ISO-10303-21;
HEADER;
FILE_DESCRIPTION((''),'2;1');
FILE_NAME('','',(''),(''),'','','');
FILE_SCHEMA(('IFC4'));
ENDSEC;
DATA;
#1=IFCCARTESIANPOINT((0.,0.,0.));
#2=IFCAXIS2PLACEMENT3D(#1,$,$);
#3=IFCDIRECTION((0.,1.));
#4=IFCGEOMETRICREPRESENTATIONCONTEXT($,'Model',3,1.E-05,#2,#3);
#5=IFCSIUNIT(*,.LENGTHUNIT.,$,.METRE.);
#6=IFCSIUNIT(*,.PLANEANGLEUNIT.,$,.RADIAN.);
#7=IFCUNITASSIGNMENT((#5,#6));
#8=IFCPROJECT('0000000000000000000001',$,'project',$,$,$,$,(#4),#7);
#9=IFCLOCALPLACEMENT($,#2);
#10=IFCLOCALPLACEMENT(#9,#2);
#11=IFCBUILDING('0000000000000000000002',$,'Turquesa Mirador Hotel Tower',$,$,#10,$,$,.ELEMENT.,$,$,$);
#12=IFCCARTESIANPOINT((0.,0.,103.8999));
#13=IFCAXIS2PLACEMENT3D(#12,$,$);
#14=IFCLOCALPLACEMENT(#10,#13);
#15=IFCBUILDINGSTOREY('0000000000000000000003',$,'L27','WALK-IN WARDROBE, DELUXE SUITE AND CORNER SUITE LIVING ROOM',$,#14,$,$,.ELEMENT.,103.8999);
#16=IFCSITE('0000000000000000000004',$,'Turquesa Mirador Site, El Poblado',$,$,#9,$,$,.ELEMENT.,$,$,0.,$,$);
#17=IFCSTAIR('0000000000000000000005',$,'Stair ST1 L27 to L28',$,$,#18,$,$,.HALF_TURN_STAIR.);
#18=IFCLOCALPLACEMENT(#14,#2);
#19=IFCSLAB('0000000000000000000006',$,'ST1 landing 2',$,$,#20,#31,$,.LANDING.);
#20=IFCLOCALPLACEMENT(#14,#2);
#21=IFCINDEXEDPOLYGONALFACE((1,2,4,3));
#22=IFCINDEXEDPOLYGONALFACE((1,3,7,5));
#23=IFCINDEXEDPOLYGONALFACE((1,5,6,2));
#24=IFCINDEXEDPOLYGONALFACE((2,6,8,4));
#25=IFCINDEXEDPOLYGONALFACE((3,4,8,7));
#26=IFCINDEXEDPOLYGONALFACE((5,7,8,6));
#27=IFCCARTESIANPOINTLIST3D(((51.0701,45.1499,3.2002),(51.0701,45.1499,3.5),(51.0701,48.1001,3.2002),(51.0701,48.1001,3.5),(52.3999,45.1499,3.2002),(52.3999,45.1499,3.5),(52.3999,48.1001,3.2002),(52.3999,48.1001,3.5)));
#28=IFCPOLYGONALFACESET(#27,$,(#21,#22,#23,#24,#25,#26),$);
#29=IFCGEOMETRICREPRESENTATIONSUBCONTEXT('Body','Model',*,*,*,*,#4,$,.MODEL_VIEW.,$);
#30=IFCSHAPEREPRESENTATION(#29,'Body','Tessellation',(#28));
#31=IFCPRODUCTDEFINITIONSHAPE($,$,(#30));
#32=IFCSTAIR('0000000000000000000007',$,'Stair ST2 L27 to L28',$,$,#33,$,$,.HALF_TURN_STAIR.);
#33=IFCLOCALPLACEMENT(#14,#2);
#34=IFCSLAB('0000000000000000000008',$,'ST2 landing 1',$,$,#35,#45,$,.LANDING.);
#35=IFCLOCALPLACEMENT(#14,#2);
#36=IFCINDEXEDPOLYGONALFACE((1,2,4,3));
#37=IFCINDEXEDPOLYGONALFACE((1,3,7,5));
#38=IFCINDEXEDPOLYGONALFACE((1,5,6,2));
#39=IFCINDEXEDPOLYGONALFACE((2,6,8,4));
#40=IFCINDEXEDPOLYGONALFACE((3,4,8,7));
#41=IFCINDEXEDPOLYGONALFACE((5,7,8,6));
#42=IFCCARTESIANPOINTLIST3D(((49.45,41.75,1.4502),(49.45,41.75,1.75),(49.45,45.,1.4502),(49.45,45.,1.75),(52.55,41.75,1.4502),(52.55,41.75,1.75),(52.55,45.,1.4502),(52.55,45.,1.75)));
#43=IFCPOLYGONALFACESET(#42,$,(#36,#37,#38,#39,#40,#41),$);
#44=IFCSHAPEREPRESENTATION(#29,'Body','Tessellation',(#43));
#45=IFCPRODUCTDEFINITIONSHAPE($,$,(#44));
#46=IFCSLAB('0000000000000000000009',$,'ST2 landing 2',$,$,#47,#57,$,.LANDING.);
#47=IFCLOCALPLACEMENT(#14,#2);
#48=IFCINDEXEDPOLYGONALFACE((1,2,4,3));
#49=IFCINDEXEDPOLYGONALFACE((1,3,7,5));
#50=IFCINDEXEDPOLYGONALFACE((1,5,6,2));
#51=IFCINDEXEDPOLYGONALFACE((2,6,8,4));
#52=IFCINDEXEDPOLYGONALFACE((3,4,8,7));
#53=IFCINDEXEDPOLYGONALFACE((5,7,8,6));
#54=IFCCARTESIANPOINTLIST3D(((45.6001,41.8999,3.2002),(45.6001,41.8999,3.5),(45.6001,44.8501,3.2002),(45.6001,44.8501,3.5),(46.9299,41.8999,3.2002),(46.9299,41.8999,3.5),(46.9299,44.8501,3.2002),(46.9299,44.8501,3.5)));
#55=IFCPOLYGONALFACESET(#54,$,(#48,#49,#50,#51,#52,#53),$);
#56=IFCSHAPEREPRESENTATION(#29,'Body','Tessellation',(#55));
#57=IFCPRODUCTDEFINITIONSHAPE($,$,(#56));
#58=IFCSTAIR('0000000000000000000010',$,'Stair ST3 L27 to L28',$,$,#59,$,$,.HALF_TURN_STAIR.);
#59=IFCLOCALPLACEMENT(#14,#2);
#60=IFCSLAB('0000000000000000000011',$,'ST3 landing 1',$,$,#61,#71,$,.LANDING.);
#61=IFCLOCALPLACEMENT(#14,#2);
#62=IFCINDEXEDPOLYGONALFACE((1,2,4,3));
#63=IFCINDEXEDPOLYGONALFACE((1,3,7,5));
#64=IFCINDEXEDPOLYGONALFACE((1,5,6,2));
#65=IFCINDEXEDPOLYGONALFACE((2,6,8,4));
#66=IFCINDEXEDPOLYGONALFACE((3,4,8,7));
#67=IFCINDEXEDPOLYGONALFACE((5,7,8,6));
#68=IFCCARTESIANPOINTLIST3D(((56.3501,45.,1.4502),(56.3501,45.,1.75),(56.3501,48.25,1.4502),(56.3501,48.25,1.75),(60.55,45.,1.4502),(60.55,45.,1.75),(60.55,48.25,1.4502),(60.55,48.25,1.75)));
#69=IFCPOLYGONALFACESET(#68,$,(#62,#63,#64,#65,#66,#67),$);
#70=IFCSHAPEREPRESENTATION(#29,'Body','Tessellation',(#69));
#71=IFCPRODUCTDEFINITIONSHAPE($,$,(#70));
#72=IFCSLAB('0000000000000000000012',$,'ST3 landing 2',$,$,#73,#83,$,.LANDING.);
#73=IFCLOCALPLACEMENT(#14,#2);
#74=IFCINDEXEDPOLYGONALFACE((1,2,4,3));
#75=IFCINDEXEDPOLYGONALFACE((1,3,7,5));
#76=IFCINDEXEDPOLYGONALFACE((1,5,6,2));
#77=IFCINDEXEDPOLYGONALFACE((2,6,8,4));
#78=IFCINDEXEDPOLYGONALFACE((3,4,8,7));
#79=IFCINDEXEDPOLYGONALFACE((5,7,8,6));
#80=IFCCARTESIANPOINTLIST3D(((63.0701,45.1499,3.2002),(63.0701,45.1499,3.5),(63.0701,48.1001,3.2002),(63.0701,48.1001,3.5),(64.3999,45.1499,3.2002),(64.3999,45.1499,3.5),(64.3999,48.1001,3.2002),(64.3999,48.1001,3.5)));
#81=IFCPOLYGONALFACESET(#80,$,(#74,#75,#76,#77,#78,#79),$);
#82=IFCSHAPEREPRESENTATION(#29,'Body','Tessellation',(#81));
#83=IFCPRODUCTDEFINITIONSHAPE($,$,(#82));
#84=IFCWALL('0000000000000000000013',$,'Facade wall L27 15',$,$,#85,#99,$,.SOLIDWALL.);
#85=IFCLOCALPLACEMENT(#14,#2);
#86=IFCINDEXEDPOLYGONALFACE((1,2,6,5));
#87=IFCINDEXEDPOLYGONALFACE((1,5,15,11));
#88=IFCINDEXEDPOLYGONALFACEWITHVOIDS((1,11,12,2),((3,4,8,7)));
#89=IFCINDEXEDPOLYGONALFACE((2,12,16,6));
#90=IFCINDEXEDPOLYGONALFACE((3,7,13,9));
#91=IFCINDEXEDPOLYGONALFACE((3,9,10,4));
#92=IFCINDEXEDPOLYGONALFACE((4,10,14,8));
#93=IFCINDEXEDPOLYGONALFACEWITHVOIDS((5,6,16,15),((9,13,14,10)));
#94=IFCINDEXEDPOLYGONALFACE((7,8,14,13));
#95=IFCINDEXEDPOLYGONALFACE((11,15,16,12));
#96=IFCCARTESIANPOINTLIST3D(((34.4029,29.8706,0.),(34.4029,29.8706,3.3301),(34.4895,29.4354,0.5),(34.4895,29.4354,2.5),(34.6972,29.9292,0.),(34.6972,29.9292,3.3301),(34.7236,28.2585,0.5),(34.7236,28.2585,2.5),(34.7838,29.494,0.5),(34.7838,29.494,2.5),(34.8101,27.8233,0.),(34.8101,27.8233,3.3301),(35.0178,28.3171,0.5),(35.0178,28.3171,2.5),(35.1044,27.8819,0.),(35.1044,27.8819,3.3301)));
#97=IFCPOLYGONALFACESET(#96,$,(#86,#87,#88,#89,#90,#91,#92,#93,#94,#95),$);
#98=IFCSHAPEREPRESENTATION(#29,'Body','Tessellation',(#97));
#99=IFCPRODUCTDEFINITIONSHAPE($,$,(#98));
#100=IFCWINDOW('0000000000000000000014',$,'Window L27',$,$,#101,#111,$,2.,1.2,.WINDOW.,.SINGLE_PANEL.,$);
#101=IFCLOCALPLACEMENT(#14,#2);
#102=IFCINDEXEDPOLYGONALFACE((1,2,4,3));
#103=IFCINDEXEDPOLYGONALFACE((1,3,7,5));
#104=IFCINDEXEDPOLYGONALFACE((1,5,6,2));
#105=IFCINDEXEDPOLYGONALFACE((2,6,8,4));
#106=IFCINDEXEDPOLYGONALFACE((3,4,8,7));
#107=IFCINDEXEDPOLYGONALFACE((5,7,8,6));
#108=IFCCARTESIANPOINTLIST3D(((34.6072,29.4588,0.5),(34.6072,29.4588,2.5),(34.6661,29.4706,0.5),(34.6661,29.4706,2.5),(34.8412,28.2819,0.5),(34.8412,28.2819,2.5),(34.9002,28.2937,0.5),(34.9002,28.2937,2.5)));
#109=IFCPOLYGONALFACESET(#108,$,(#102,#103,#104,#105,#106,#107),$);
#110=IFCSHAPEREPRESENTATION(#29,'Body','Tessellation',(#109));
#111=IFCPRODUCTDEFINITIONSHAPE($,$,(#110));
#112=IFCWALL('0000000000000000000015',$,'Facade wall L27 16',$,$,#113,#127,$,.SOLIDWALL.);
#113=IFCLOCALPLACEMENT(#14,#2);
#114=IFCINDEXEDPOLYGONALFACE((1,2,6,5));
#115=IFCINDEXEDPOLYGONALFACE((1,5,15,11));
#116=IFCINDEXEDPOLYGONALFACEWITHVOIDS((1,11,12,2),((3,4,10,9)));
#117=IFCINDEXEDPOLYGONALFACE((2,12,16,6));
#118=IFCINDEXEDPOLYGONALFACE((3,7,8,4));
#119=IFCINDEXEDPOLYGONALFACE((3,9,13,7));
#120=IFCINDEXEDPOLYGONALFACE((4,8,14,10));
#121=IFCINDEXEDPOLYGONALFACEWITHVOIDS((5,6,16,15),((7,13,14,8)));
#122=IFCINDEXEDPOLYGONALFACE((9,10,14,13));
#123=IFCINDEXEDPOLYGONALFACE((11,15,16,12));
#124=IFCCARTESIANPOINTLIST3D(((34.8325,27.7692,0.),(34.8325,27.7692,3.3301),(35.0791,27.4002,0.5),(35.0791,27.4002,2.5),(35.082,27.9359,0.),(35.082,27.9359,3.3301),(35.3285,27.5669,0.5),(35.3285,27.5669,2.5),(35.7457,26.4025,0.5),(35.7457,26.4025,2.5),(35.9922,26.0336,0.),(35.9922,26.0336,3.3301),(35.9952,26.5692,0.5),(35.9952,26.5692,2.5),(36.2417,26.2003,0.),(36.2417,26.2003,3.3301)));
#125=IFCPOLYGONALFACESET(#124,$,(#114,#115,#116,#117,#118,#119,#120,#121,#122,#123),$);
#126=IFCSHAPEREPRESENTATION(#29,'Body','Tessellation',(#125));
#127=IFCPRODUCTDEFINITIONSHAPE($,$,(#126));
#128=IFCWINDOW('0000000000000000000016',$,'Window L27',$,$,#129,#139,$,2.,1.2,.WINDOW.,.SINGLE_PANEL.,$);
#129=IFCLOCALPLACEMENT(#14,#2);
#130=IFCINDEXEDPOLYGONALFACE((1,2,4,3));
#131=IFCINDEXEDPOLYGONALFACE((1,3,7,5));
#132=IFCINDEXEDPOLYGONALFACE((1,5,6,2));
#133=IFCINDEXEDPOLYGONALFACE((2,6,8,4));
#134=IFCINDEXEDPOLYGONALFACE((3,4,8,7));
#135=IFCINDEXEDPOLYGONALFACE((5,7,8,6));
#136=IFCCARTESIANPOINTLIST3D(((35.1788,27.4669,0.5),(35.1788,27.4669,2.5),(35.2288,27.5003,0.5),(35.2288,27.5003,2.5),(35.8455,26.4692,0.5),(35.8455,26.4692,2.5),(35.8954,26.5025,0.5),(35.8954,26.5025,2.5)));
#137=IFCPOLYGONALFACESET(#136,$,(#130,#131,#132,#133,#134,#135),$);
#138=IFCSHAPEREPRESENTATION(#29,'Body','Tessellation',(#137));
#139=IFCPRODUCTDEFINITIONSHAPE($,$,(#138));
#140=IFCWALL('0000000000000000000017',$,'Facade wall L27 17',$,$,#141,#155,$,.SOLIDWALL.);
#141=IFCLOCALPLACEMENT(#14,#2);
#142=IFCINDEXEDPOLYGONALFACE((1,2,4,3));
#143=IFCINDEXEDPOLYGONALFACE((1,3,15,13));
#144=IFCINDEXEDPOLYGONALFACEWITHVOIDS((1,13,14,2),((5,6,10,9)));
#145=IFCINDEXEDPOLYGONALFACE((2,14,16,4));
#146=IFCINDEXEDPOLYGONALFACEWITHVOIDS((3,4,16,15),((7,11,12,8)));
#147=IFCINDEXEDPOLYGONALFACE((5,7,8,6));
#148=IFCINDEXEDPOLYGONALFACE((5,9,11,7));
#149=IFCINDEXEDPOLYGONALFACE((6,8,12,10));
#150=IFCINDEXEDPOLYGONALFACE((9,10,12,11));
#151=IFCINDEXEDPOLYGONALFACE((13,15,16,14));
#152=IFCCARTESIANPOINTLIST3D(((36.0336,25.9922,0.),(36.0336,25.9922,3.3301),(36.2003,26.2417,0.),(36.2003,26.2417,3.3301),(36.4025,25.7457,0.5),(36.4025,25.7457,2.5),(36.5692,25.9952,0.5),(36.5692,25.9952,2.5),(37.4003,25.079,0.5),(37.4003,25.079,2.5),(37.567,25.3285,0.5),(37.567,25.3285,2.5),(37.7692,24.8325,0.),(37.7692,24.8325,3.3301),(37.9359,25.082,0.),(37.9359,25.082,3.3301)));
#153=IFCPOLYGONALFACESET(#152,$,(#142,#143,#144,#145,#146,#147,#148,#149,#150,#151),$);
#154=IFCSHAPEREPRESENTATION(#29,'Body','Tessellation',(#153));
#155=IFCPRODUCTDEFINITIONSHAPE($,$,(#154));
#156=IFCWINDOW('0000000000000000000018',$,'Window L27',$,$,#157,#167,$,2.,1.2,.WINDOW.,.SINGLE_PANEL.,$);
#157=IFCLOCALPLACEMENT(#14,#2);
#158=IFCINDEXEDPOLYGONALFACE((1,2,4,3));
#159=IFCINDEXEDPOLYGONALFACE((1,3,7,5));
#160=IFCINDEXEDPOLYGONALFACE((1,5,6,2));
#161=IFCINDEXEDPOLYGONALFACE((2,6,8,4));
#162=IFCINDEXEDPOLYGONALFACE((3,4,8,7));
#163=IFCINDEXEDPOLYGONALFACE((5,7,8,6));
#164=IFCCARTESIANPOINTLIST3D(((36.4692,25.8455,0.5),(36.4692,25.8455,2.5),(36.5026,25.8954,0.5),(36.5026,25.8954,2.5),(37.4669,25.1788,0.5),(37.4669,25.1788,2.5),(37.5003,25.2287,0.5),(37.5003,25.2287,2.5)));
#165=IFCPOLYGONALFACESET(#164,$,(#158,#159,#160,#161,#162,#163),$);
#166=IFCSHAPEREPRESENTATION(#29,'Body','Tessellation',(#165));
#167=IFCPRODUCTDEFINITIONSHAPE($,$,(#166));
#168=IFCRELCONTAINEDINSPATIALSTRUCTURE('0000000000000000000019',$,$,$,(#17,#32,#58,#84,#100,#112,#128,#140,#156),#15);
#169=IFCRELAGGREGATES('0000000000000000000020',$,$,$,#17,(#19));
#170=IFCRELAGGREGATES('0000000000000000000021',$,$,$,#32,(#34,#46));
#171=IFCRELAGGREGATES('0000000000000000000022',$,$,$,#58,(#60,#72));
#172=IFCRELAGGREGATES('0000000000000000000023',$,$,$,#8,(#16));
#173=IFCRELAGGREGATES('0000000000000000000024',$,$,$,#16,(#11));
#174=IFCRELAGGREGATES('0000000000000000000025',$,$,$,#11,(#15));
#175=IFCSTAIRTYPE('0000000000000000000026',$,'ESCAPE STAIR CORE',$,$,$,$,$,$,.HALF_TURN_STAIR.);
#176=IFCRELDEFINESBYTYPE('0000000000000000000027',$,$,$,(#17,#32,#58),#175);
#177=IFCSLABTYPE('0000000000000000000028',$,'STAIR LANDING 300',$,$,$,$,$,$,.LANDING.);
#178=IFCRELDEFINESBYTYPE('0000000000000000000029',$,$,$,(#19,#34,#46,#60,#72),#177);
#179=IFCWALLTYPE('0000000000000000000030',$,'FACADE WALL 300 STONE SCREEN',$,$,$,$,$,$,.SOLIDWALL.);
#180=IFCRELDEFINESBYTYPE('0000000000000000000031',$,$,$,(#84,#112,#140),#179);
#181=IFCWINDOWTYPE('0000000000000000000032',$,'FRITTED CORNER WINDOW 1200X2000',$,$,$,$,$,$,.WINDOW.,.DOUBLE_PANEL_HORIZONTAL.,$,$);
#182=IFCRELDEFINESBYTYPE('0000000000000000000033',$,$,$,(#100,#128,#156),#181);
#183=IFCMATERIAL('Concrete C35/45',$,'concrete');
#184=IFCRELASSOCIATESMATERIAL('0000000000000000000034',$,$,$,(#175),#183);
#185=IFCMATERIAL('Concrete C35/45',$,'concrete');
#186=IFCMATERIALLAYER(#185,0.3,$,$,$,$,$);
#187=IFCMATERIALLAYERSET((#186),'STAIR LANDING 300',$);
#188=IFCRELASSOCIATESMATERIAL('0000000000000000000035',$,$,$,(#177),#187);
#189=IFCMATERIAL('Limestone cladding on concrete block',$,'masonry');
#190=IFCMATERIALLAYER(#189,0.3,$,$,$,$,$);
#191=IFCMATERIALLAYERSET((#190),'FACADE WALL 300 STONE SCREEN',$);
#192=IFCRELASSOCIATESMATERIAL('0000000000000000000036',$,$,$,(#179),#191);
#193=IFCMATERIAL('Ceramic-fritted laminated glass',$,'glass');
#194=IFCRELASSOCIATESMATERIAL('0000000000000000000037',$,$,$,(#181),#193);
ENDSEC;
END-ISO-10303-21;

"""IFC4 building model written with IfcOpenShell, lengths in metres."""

from ifc_helpers import new_model, si_unit, direction, frame, frame_2d, origin, place, context, subcontext, project, spatial, polyline, rectangle, outline, extrude, material, layer, layer_set, type_object, element, fill, aggregate, save


model = new_model("IFC4")

# Units and contexts
model_context = context("Model", 3, precision=1e-05, world=origin(), true_north=direction((0.0, 1.0)))
body_context = subcontext(model_context, "Body", "Model", "MODEL_VIEW")
ifc_project = project(units=[si_unit("LENGTHUNIT", "METRE"), si_unit("PLANEANGLEUNIT", "RADIAN")], contexts=[model_context])

# Site, building, storey
site_placement = place(None, origin())
site = spatial("IfcSite", under=ifc_project, at=site_placement, Name="Turquesa Mirador Site, El Poblado", CompositionType="ELEMENT", RefElevation=0.0)
building_placement = place(site_placement, origin())
building = spatial("IfcBuilding", under=site, at=building_placement, Name="Turquesa Mirador Hotel Tower", CompositionType="ELEMENT")
storey_placement = place(building_placement, frame((0.0, 0.0, 103.8999)))
storey = spatial("IfcBuildingStorey", under=building, at=storey_placement, Name="L27", Description="WALK-IN WARDROBE, DELUXE SUITE AND CORNER SUITE LIVING ROOM", CompositionType="ELEMENT", Elevation=103.8999)

# Stairs, slabs
ifc_material_1 = material(Name="Concrete C35/45", Category="concrete")
stair_type = type_object("IfcStairType", Name="ESCAPE STAIR CORE", PredefinedType="HALF_TURN_STAIR", material=ifc_material_1)
stair_1_placement = place(storey_placement, origin())
stair_1 = element("IfcStair", 1, at=stair_1_placement, inside=storey, type_object=stair_type, Name="Stair ST1 L27 to L28", PredefinedType="HALF_TURN_STAIR")
ifc_material_2 = material(Name="Concrete C35/45", Category="concrete")
ifc_layer_1 = layer(ifc_material_2, 0.3)
ifc_layer_set_1 = layer_set([ifc_layer_1], Name="STAIR LANDING 300")
slab_type_1 = type_object("IfcSlabType", Name="STAIR LANDING 300", PredefinedType="LANDING", material=ifc_layer_set_1)
slab_1_placement = place(storey_placement, frame((0.0, 0.0, 3.2002)))
slab_1 = element("IfcSlab", 2, at=slab_1_placement, type_object=slab_type_1, Name="ST1 landing 2", PredefinedType="LANDING", context=body_context, shape_type="SweptSolid", body=[
    extrude(outline(polyline([(51.0701, 45.1499), (52.3999, 45.1499), (52.3999, 48.1001), (51.0701, 48.1001), (51.0701, 45.1499)])), origin(), (0.0, 0.0, 1.0), 0.2998),
])
aggregate(stair_1, [slab_1])
stair_2_placement = place(storey_placement, origin())
stair_2 = element("IfcStair", 3, at=stair_2_placement, inside=storey, type_object=stair_type, Name="Stair ST2 L27 to L28", PredefinedType="HALF_TURN_STAIR")
slab_2_placement = place(storey_placement, frame((0.0, 0.0, 1.4502)))
slab_2 = element("IfcSlab", 4, at=slab_2_placement, type_object=slab_type_1, Name="ST2 landing 1", PredefinedType="LANDING", context=body_context, shape_type="SweptSolid", body=[
    extrude(outline(polyline([(52.55, 45.0), (49.45, 45.0), (49.45, 41.75), (52.55, 41.75), (52.55, 45.0)])), origin(), (0.0, 0.0, 1.0), 0.2998),
])
slab_3_placement = place(storey_placement, frame((0.0, 0.0, 3.2002)))
slab_3 = element("IfcSlab", 5, at=slab_3_placement, type_object=slab_type_1, Name="ST2 landing 2", PredefinedType="LANDING", context=body_context, shape_type="SweptSolid", body=[
    extrude(outline(polyline([(46.9299, 44.8501), (45.6001, 44.8501), (45.6001, 41.8999), (46.9299, 41.8999), (46.9299, 44.8501)])), origin(), (0.0, 0.0, 1.0), 0.2998),
])
aggregate(stair_2, [slab_2, slab_3])
stair_3_placement = place(storey_placement, origin())
stair_3 = element("IfcStair", 6, at=stair_3_placement, inside=storey, type_object=stair_type, Name="Stair ST3 L27 to L28", PredefinedType="HALF_TURN_STAIR")
slab_4_placement = place(storey_placement, frame((0.0, 0.0, 1.4502)))
slab_4 = element("IfcSlab", 7, at=slab_4_placement, type_object=slab_type_1, Name="ST3 landing 1", PredefinedType="LANDING", context=body_context, shape_type="SweptSolid", body=[
    extrude(outline(polyline([(56.3501, 45.0), (60.55, 45.0), (60.55, 48.25), (56.3501, 48.25), (56.3501, 45.0)])), origin(), (0.0, 0.0, 1.0), 0.2998),
])
slab_5_placement = place(storey_placement, frame((0.0, 0.0, 3.2002)))
slab_5 = element("IfcSlab", 8, at=slab_5_placement, type_object=slab_type_1, Name="ST3 landing 2", PredefinedType="LANDING", context=body_context, shape_type="SweptSolid", body=[
    extrude(outline(polyline([(63.0701, 45.1499), (64.3999, 45.1499), (64.3999, 48.1001), (63.0701, 48.1001), (63.0701, 45.1499)])), origin(), (0.0, 0.0, 1.0), 0.2998),
])
aggregate(stair_3, [slab_4, slab_5])

# Walls, openings, windows
ifc_material_3 = material(Name="Limestone cladding on concrete block", Category="masonry")
ifc_layer_2 = layer(ifc_material_3, 0.3)
ifc_layer_set_2 = layer_set([ifc_layer_2], Name="FACADE WALL 300 STONE SCREEN")
wall_type_1 = type_object("IfcWallType", Name="FACADE WALL 300 STONE SCREEN", PredefinedType="SOLIDWALL", material=ifc_layer_set_2)
wall_1_placement = place(storey_placement, frame((34.55, 29.8999, 0.0), z_axis=(0.0, 0.0, 1.0), x_axis=(0.195081, -0.980787, 0.0)))
wall_1 = element("IfcWall", 9, at=wall_1_placement, inside=storey, type_object=wall_type_1, Name="Facade wall L27 15", PredefinedType="SOLIDWALL", context=body_context, shape_type="SweptSolid", body=[
    extrude(rectangle(XDim=2.0874, YDim=0.3, at=frame_2d((1.0437, 0.0))), origin(), (0.0, 0.0, 1.0), 3.3301),
])
opening_1_placement = place(wall_1_placement, frame((0.4436, 0.0, 0.5)))
opening_1 = element("IfcOpeningElement", 10, at=opening_1_placement, cuts=wall_1, PredefinedType="OPENING", context=body_context, shape_type="SweptSolid", body=[
    extrude(rectangle(XDim=1.2, YDim=2.0, at=frame_2d((0.6001, 1.0))), frame((0.0, 0.1599, 0.0), z_axis=(0.0, -1.0, 0.0), x_axis=(1.0, 0.0, 0.0)), (0.0, 0.0, 1.0), 0.3201),
])
ifc_material_4 = material(Name="Ceramic-fritted laminated glass", Category="glass")
window_type_1 = type_object("IfcWindowType", Name="FRITTED CORNER WINDOW 1200X2000", PartitioningType="DOUBLE_PANEL_HORIZONTAL", PredefinedType="WINDOW", material=ifc_material_4)
window_1_placement = place(opening_1_placement, origin())
window_1 = element("IfcWindow", 11, at=window_1_placement, inside=storey, type_object=window_type_1, Name="Window L27", OverallHeight=2.0, OverallWidth=1.2, PartitioningType="SINGLE_PANEL", PredefinedType="WINDOW", context=body_context, shape_type="SweptSolid", body=[
    extrude(rectangle(XDim=1.2, YDim=2.0, at=frame_2d((0.6001, 1.0))), frame((0.0, 0.03, 0.0), z_axis=(0.0, -1.0, 0.0), x_axis=(1.0, 0.0, 0.0)), (0.0, 0.0, 1.0), 0.0601),
])
fill(opening_1, window_1)
wall_2_placement = place(storey_placement, frame((34.9573, 27.8525, 0.0), z_axis=(0.0, 0.0, 1.0), x_axis=(0.555564, -0.831474, 0.0)))
wall_2 = element("IfcWall", 12, at=wall_2_placement, inside=storey, type_object=wall_type_1, Name="Facade wall L27 16", PredefinedType="SOLIDWALL", context=body_context, shape_type="SweptSolid", body=[
    extrude(rectangle(XDim=2.0874, YDim=0.3, at=frame_2d((1.0437, 0.0))), origin(), (0.0, 0.0, 1.0), 3.3301),
])
opening_2_placement = place(wall_2_placement, frame((0.4436, 0.0, 0.5)))
opening_2 = element("IfcOpeningElement", 13, at=opening_2_placement, cuts=wall_2, PredefinedType="OPENING", context=body_context, shape_type="SweptSolid", body=[
    extrude(rectangle(XDim=1.2, YDim=2.0, at=frame_2d((0.6001, 1.0))), frame((0.0, 0.1599, 0.0), z_axis=(0.0, -1.0, 0.0), x_axis=(1.0, 0.0, 0.0)), (0.0, 0.0, 1.0), 0.3201),
])
window_2_placement = place(opening_2_placement, origin())
window_2 = element("IfcWindow", 14, at=window_2_placement, inside=storey, type_object=window_type_1, Name="Window L27", OverallHeight=2.0, OverallWidth=1.2, PartitioningType="SINGLE_PANEL", PredefinedType="WINDOW", context=body_context, shape_type="SweptSolid", body=[
    extrude(rectangle(XDim=1.2, YDim=2.0, at=frame_2d((0.6001, 1.0))), frame((0.0, 0.03, 0.0), z_axis=(0.0, -1.0, 0.0), x_axis=(1.0, 0.0, 0.0)), (0.0, 0.0, 1.0), 0.0601),
])
fill(opening_2, window_2)
wall_3_placement = place(storey_placement, frame((36.1169, 26.1169, 0.0), z_axis=(0.0, 0.0, 1.0), x_axis=(0.831474, -0.555564, 0.0)))
wall_3 = element("IfcWall", 15, at=wall_3_placement, inside=storey, type_object=wall_type_1, Name="Facade wall L27 17", PredefinedType="SOLIDWALL", context=body_context, shape_type="SweptSolid", body=[
    extrude(rectangle(XDim=2.0874, YDim=0.3, at=frame_2d((1.0437, 0.0))), origin(), (0.0, 0.0, 1.0), 3.3301),
])
opening_3_placement = place(wall_3_placement, frame((0.4436, 0.0, 0.5)))
opening_3 = element("IfcOpeningElement", 16, at=opening_3_placement, cuts=wall_3, PredefinedType="OPENING", context=body_context, shape_type="SweptSolid", body=[
    extrude(rectangle(XDim=1.2, YDim=2.0, at=frame_2d((0.6001, 1.0))), frame((0.0, 0.1599, 0.0), z_axis=(0.0, -1.0, 0.0), x_axis=(1.0, 0.0, 0.0)), (0.0, 0.0, 1.0), 0.3201),
])
window_3_placement = place(opening_3_placement, origin())
window_3 = element("IfcWindow", 17, at=window_3_placement, inside=storey, type_object=window_type_1, Name="Window L27", OverallHeight=2.0, OverallWidth=1.2, PartitioningType="SINGLE_PANEL", PredefinedType="WINDOW", context=body_context, shape_type="SweptSolid", body=[
    extrude(rectangle(XDim=1.2, YDim=2.0, at=frame_2d((0.6001, 1.0))), frame((0.0, 0.03, 0.0), z_axis=(0.0, -1.0, 0.0), x_axis=(1.0, 0.0, 0.0)), (0.0, 0.0, 1.0), 0.0601),
])
fill(opening_3, window_3)

save(model, "model.ifc")
